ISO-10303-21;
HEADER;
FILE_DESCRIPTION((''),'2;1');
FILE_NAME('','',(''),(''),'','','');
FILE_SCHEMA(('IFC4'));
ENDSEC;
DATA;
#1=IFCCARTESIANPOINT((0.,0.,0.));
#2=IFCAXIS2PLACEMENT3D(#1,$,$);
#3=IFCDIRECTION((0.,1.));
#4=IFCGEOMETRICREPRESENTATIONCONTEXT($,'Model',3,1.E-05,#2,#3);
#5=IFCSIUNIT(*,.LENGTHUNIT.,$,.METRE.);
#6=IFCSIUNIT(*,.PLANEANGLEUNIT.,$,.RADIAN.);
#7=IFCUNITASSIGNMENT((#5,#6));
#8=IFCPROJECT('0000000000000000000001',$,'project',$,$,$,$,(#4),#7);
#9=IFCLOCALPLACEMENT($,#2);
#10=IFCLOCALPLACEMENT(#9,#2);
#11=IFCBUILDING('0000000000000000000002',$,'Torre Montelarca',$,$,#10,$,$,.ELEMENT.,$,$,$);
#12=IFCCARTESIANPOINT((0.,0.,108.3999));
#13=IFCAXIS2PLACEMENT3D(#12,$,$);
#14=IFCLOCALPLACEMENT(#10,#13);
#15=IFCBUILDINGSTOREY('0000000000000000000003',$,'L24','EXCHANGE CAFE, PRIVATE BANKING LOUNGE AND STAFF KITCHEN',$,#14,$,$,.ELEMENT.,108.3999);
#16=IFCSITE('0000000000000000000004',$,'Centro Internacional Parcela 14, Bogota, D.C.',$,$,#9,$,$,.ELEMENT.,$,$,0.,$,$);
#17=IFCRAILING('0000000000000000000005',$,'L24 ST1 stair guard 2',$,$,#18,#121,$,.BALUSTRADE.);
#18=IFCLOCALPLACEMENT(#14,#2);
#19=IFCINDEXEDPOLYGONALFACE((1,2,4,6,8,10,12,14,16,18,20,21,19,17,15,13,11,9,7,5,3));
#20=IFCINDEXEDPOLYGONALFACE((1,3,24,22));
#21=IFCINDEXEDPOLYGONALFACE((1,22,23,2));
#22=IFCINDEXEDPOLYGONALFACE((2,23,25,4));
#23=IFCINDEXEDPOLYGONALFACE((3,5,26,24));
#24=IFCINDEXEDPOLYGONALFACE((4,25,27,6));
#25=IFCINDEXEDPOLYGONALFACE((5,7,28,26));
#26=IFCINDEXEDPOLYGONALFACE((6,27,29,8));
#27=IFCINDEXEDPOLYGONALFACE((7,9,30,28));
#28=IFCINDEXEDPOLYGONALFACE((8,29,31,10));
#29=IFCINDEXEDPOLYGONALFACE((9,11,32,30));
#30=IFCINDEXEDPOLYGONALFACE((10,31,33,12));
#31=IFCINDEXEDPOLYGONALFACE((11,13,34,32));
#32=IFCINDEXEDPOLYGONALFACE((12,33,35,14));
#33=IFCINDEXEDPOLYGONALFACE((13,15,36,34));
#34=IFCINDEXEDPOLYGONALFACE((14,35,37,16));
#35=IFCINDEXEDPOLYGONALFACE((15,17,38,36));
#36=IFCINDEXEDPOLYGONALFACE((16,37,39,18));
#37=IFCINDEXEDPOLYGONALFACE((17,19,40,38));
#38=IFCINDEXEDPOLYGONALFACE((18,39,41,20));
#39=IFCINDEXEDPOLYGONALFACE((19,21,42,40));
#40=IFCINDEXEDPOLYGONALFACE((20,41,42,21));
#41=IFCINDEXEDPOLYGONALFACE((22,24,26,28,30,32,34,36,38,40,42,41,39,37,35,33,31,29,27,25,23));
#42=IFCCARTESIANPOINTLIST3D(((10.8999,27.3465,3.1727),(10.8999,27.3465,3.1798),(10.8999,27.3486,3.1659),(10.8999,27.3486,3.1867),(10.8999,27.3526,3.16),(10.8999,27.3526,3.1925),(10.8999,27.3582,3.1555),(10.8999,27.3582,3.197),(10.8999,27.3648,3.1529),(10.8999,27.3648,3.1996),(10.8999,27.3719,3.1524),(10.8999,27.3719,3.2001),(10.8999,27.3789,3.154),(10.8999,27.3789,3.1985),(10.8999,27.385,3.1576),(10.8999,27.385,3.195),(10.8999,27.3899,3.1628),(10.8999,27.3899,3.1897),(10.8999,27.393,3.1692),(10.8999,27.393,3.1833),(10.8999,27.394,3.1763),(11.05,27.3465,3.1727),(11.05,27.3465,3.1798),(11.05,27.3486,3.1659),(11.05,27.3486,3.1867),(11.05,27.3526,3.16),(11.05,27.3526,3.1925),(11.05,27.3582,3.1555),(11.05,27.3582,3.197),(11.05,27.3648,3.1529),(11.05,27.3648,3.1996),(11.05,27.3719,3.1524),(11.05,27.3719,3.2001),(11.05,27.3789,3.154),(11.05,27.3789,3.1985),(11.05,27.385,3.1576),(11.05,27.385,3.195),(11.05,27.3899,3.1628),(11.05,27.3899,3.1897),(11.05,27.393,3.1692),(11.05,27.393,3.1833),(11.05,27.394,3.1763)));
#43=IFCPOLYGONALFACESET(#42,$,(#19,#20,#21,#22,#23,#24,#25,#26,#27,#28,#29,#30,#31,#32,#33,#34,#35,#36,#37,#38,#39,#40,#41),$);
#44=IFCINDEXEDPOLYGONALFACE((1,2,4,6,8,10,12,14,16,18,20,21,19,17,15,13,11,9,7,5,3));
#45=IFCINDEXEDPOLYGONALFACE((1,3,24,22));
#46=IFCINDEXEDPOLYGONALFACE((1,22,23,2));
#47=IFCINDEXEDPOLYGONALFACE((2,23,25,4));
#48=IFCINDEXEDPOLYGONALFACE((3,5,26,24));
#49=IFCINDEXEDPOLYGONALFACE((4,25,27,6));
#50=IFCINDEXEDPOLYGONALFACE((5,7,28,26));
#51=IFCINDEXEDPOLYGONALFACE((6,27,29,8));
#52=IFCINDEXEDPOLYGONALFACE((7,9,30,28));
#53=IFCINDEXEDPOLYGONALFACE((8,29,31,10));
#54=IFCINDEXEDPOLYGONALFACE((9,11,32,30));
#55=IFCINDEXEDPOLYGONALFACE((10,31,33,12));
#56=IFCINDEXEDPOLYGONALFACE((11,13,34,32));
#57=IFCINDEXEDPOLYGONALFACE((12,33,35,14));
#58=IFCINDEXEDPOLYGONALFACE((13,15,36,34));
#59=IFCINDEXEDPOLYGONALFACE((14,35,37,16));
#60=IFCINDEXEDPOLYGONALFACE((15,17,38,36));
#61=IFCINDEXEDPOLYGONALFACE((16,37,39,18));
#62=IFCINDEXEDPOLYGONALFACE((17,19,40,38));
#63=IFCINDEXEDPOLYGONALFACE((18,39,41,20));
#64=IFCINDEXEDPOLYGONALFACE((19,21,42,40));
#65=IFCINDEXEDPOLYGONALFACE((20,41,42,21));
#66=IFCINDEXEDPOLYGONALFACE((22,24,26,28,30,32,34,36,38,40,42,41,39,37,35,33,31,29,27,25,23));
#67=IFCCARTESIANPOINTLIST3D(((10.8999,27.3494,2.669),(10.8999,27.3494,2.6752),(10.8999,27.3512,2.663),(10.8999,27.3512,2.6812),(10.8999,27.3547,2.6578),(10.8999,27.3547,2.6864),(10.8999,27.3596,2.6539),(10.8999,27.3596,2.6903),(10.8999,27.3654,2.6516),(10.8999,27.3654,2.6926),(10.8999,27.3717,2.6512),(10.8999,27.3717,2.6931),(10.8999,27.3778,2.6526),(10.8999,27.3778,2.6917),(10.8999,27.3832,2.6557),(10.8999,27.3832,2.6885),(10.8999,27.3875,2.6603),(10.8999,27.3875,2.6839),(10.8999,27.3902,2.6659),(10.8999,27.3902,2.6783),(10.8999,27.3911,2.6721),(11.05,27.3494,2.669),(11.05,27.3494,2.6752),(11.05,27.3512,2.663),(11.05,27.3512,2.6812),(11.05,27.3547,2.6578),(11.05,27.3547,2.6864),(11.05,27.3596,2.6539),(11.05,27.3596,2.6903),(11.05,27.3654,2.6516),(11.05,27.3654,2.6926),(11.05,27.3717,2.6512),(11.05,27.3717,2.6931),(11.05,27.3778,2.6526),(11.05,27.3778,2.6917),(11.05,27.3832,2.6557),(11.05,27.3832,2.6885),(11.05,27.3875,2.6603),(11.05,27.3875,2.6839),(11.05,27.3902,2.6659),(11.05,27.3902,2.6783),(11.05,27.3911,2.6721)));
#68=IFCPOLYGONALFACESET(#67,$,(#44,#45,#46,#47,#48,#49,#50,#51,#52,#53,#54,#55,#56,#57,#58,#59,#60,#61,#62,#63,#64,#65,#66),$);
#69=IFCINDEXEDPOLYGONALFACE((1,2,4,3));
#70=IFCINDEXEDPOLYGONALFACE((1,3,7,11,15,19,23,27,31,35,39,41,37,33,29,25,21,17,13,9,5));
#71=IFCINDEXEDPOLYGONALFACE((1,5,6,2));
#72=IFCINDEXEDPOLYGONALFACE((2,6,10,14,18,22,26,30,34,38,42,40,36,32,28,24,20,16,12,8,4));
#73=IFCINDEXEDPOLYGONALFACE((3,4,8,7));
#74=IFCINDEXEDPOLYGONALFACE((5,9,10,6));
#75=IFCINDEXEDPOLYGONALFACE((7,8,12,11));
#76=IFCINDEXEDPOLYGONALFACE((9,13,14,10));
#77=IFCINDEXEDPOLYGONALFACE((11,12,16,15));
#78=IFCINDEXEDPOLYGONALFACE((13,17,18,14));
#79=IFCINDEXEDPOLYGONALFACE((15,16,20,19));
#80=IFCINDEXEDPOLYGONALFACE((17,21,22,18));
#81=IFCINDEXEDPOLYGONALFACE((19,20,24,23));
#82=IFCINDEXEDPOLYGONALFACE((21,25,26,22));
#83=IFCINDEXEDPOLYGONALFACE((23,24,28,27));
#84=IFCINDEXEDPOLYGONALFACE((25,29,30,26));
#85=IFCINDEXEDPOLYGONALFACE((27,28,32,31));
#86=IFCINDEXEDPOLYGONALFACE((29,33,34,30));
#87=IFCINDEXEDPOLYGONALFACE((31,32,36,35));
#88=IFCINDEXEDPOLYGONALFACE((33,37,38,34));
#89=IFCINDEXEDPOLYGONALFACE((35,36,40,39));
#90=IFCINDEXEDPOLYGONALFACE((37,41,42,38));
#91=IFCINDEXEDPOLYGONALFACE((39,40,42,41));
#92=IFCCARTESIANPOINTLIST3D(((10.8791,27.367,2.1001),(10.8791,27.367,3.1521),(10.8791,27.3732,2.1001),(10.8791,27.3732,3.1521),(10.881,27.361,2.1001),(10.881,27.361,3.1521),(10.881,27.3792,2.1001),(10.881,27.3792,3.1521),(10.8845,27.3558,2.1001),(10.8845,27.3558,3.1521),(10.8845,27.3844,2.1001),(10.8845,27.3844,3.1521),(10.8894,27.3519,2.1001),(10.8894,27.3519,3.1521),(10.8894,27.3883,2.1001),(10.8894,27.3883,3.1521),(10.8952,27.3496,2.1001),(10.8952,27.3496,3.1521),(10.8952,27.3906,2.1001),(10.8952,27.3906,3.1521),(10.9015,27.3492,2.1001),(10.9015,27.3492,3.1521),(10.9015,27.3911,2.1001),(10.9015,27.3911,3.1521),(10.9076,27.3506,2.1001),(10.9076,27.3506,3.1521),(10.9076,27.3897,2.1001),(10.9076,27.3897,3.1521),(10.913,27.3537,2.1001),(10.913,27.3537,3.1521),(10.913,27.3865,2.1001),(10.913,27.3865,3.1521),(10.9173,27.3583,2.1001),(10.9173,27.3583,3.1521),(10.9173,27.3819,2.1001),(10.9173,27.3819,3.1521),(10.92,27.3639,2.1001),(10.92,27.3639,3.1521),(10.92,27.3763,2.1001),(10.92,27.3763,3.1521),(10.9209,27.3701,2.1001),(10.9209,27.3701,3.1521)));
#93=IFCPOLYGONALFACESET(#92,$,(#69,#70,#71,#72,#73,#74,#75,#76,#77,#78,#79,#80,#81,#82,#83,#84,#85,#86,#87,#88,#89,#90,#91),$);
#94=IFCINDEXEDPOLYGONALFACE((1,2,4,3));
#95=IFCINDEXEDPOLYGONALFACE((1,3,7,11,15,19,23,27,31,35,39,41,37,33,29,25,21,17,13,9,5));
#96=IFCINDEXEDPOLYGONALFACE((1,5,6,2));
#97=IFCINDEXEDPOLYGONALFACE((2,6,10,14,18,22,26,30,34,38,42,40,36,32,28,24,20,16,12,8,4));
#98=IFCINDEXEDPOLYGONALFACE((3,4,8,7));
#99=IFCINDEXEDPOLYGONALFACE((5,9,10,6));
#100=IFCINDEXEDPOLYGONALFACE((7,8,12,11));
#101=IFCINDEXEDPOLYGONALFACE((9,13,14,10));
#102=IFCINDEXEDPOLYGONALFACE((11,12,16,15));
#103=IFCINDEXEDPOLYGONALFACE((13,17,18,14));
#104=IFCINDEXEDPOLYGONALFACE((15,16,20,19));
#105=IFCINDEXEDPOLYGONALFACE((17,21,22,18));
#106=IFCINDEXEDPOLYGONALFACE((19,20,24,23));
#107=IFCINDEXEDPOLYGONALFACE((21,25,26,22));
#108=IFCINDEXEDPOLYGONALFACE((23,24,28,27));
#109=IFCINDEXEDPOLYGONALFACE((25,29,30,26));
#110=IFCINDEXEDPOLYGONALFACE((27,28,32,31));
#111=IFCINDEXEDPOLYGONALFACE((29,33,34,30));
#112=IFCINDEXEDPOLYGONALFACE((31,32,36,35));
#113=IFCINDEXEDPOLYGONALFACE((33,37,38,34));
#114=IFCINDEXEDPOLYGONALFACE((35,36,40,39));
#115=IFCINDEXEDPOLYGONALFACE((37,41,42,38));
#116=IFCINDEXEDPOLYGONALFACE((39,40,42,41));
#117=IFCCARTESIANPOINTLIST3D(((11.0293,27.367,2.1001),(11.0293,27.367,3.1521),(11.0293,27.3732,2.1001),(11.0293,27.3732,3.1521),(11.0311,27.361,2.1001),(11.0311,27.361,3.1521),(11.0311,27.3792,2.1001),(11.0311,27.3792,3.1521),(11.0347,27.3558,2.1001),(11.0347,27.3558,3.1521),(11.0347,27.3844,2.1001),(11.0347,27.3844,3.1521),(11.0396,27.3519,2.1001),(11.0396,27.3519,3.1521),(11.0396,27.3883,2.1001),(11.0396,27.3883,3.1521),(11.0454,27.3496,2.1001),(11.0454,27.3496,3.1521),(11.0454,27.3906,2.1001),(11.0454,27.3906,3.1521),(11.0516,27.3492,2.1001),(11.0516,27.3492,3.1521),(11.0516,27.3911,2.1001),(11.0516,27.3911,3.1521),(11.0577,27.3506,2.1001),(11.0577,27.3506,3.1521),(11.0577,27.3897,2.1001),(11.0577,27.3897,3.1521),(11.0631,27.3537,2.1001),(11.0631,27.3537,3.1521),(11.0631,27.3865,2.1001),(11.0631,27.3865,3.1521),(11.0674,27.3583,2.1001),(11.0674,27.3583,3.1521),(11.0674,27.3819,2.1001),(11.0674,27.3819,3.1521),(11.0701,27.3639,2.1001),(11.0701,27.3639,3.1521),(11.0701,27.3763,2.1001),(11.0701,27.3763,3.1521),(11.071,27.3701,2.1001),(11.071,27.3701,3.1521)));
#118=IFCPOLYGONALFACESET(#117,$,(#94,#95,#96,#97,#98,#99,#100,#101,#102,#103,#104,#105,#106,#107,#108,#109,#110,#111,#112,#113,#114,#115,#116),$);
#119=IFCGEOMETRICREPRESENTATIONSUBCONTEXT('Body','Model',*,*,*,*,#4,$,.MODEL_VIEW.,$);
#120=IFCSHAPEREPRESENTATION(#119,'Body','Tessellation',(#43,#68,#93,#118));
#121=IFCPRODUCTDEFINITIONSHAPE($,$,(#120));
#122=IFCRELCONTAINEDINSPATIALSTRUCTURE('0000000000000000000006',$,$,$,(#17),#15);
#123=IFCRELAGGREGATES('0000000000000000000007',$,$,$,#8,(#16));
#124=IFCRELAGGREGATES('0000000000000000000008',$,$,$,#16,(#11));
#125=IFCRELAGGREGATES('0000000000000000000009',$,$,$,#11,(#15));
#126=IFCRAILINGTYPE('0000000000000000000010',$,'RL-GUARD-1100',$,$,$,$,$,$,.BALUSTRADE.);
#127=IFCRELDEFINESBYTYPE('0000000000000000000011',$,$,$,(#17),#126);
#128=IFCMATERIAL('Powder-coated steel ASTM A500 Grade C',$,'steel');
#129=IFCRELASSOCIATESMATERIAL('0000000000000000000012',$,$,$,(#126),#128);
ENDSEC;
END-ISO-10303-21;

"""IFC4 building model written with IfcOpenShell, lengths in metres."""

from ifc_helpers import new_model, si_unit, direction, frame, origin, origin_2d, place, context, subcontext, project, spatial, circle, extrude, material, type_object, element, save


model = new_model("IFC4")

# Units and contexts
model_context = context("Model", 3, precision=1e-05, world=origin(), true_north=direction((0.0, 1.0)))
body_context = subcontext(model_context, "Body", "Model", "MODEL_VIEW")
ifc_project = project(units=[si_unit("LENGTHUNIT", "METRE"), si_unit("PLANEANGLEUNIT", "RADIAN")], contexts=[model_context])

# Site, building, storey
site_placement = place(None, origin())
site = spatial("IfcSite", under=ifc_project, at=site_placement, Name="Centro Internacional Parcela 14, Bogota, D.C.", CompositionType="ELEMENT", RefElevation=0.0)
building_placement = place(site_placement, origin())
building = spatial("IfcBuilding", under=site, at=building_placement, Name="Torre Montelarca", CompositionType="ELEMENT")
storey_placement = place(building_placement, frame((0.0, 0.0, 108.3999)))
storey = spatial("IfcBuildingStorey", under=building, at=storey_placement, Name="L24", Description="EXCHANGE CAFE, PRIVATE BANKING LOUNGE AND STAFF KITCHEN", CompositionType="ELEMENT", Elevation=108.3999)

# Railing
ifc_material_1 = material(Name="Powder-coated steel ASTM A500 Grade C", Category="steel")
railing_type_1 = type_object("IfcRailingType", Name="RL-GUARD-1100", PredefinedType="BALUSTRADE", material=ifc_material_1)
railing_1_placement = place(storey_placement, frame((10.8999, 27.3701, 2.1001)))
element("IfcRailing", 1, at=railing_1_placement, inside=storey, type_object=railing_type_1, Name="L24 ST1 stair guard 2", PredefinedType="BALUSTRADE", context=body_context, shape_type="SweptSolid", body=[
    extrude(circle(Radius=0.0239, at=origin_2d()), frame((0.0, 0.0, 1.0762), z_axis=(1.0, 0.0, 0.0), x_axis=(0.0, 1.0, 0.0)), (0.0, 0.0, 1.0), 0.1501),
    extrude(circle(Radius=0.021, at=origin_2d()), frame((0.0, 0.0, 0.572), z_axis=(1.0, 0.0, 0.0), x_axis=(0.0, 1.0, 0.0)), (0.0, 0.0, 1.0), 0.1501),
    extrude(circle(Radius=0.021, at=origin_2d()), origin(), (0.0, 0.0, 1.0), 1.052),
    extrude(circle(Radius=0.021, at=origin_2d()), frame((0.1501, 0.0, 0.0)), (0.0, 0.0, 1.0), 1.052),
])

save(model, "model.ifc")
